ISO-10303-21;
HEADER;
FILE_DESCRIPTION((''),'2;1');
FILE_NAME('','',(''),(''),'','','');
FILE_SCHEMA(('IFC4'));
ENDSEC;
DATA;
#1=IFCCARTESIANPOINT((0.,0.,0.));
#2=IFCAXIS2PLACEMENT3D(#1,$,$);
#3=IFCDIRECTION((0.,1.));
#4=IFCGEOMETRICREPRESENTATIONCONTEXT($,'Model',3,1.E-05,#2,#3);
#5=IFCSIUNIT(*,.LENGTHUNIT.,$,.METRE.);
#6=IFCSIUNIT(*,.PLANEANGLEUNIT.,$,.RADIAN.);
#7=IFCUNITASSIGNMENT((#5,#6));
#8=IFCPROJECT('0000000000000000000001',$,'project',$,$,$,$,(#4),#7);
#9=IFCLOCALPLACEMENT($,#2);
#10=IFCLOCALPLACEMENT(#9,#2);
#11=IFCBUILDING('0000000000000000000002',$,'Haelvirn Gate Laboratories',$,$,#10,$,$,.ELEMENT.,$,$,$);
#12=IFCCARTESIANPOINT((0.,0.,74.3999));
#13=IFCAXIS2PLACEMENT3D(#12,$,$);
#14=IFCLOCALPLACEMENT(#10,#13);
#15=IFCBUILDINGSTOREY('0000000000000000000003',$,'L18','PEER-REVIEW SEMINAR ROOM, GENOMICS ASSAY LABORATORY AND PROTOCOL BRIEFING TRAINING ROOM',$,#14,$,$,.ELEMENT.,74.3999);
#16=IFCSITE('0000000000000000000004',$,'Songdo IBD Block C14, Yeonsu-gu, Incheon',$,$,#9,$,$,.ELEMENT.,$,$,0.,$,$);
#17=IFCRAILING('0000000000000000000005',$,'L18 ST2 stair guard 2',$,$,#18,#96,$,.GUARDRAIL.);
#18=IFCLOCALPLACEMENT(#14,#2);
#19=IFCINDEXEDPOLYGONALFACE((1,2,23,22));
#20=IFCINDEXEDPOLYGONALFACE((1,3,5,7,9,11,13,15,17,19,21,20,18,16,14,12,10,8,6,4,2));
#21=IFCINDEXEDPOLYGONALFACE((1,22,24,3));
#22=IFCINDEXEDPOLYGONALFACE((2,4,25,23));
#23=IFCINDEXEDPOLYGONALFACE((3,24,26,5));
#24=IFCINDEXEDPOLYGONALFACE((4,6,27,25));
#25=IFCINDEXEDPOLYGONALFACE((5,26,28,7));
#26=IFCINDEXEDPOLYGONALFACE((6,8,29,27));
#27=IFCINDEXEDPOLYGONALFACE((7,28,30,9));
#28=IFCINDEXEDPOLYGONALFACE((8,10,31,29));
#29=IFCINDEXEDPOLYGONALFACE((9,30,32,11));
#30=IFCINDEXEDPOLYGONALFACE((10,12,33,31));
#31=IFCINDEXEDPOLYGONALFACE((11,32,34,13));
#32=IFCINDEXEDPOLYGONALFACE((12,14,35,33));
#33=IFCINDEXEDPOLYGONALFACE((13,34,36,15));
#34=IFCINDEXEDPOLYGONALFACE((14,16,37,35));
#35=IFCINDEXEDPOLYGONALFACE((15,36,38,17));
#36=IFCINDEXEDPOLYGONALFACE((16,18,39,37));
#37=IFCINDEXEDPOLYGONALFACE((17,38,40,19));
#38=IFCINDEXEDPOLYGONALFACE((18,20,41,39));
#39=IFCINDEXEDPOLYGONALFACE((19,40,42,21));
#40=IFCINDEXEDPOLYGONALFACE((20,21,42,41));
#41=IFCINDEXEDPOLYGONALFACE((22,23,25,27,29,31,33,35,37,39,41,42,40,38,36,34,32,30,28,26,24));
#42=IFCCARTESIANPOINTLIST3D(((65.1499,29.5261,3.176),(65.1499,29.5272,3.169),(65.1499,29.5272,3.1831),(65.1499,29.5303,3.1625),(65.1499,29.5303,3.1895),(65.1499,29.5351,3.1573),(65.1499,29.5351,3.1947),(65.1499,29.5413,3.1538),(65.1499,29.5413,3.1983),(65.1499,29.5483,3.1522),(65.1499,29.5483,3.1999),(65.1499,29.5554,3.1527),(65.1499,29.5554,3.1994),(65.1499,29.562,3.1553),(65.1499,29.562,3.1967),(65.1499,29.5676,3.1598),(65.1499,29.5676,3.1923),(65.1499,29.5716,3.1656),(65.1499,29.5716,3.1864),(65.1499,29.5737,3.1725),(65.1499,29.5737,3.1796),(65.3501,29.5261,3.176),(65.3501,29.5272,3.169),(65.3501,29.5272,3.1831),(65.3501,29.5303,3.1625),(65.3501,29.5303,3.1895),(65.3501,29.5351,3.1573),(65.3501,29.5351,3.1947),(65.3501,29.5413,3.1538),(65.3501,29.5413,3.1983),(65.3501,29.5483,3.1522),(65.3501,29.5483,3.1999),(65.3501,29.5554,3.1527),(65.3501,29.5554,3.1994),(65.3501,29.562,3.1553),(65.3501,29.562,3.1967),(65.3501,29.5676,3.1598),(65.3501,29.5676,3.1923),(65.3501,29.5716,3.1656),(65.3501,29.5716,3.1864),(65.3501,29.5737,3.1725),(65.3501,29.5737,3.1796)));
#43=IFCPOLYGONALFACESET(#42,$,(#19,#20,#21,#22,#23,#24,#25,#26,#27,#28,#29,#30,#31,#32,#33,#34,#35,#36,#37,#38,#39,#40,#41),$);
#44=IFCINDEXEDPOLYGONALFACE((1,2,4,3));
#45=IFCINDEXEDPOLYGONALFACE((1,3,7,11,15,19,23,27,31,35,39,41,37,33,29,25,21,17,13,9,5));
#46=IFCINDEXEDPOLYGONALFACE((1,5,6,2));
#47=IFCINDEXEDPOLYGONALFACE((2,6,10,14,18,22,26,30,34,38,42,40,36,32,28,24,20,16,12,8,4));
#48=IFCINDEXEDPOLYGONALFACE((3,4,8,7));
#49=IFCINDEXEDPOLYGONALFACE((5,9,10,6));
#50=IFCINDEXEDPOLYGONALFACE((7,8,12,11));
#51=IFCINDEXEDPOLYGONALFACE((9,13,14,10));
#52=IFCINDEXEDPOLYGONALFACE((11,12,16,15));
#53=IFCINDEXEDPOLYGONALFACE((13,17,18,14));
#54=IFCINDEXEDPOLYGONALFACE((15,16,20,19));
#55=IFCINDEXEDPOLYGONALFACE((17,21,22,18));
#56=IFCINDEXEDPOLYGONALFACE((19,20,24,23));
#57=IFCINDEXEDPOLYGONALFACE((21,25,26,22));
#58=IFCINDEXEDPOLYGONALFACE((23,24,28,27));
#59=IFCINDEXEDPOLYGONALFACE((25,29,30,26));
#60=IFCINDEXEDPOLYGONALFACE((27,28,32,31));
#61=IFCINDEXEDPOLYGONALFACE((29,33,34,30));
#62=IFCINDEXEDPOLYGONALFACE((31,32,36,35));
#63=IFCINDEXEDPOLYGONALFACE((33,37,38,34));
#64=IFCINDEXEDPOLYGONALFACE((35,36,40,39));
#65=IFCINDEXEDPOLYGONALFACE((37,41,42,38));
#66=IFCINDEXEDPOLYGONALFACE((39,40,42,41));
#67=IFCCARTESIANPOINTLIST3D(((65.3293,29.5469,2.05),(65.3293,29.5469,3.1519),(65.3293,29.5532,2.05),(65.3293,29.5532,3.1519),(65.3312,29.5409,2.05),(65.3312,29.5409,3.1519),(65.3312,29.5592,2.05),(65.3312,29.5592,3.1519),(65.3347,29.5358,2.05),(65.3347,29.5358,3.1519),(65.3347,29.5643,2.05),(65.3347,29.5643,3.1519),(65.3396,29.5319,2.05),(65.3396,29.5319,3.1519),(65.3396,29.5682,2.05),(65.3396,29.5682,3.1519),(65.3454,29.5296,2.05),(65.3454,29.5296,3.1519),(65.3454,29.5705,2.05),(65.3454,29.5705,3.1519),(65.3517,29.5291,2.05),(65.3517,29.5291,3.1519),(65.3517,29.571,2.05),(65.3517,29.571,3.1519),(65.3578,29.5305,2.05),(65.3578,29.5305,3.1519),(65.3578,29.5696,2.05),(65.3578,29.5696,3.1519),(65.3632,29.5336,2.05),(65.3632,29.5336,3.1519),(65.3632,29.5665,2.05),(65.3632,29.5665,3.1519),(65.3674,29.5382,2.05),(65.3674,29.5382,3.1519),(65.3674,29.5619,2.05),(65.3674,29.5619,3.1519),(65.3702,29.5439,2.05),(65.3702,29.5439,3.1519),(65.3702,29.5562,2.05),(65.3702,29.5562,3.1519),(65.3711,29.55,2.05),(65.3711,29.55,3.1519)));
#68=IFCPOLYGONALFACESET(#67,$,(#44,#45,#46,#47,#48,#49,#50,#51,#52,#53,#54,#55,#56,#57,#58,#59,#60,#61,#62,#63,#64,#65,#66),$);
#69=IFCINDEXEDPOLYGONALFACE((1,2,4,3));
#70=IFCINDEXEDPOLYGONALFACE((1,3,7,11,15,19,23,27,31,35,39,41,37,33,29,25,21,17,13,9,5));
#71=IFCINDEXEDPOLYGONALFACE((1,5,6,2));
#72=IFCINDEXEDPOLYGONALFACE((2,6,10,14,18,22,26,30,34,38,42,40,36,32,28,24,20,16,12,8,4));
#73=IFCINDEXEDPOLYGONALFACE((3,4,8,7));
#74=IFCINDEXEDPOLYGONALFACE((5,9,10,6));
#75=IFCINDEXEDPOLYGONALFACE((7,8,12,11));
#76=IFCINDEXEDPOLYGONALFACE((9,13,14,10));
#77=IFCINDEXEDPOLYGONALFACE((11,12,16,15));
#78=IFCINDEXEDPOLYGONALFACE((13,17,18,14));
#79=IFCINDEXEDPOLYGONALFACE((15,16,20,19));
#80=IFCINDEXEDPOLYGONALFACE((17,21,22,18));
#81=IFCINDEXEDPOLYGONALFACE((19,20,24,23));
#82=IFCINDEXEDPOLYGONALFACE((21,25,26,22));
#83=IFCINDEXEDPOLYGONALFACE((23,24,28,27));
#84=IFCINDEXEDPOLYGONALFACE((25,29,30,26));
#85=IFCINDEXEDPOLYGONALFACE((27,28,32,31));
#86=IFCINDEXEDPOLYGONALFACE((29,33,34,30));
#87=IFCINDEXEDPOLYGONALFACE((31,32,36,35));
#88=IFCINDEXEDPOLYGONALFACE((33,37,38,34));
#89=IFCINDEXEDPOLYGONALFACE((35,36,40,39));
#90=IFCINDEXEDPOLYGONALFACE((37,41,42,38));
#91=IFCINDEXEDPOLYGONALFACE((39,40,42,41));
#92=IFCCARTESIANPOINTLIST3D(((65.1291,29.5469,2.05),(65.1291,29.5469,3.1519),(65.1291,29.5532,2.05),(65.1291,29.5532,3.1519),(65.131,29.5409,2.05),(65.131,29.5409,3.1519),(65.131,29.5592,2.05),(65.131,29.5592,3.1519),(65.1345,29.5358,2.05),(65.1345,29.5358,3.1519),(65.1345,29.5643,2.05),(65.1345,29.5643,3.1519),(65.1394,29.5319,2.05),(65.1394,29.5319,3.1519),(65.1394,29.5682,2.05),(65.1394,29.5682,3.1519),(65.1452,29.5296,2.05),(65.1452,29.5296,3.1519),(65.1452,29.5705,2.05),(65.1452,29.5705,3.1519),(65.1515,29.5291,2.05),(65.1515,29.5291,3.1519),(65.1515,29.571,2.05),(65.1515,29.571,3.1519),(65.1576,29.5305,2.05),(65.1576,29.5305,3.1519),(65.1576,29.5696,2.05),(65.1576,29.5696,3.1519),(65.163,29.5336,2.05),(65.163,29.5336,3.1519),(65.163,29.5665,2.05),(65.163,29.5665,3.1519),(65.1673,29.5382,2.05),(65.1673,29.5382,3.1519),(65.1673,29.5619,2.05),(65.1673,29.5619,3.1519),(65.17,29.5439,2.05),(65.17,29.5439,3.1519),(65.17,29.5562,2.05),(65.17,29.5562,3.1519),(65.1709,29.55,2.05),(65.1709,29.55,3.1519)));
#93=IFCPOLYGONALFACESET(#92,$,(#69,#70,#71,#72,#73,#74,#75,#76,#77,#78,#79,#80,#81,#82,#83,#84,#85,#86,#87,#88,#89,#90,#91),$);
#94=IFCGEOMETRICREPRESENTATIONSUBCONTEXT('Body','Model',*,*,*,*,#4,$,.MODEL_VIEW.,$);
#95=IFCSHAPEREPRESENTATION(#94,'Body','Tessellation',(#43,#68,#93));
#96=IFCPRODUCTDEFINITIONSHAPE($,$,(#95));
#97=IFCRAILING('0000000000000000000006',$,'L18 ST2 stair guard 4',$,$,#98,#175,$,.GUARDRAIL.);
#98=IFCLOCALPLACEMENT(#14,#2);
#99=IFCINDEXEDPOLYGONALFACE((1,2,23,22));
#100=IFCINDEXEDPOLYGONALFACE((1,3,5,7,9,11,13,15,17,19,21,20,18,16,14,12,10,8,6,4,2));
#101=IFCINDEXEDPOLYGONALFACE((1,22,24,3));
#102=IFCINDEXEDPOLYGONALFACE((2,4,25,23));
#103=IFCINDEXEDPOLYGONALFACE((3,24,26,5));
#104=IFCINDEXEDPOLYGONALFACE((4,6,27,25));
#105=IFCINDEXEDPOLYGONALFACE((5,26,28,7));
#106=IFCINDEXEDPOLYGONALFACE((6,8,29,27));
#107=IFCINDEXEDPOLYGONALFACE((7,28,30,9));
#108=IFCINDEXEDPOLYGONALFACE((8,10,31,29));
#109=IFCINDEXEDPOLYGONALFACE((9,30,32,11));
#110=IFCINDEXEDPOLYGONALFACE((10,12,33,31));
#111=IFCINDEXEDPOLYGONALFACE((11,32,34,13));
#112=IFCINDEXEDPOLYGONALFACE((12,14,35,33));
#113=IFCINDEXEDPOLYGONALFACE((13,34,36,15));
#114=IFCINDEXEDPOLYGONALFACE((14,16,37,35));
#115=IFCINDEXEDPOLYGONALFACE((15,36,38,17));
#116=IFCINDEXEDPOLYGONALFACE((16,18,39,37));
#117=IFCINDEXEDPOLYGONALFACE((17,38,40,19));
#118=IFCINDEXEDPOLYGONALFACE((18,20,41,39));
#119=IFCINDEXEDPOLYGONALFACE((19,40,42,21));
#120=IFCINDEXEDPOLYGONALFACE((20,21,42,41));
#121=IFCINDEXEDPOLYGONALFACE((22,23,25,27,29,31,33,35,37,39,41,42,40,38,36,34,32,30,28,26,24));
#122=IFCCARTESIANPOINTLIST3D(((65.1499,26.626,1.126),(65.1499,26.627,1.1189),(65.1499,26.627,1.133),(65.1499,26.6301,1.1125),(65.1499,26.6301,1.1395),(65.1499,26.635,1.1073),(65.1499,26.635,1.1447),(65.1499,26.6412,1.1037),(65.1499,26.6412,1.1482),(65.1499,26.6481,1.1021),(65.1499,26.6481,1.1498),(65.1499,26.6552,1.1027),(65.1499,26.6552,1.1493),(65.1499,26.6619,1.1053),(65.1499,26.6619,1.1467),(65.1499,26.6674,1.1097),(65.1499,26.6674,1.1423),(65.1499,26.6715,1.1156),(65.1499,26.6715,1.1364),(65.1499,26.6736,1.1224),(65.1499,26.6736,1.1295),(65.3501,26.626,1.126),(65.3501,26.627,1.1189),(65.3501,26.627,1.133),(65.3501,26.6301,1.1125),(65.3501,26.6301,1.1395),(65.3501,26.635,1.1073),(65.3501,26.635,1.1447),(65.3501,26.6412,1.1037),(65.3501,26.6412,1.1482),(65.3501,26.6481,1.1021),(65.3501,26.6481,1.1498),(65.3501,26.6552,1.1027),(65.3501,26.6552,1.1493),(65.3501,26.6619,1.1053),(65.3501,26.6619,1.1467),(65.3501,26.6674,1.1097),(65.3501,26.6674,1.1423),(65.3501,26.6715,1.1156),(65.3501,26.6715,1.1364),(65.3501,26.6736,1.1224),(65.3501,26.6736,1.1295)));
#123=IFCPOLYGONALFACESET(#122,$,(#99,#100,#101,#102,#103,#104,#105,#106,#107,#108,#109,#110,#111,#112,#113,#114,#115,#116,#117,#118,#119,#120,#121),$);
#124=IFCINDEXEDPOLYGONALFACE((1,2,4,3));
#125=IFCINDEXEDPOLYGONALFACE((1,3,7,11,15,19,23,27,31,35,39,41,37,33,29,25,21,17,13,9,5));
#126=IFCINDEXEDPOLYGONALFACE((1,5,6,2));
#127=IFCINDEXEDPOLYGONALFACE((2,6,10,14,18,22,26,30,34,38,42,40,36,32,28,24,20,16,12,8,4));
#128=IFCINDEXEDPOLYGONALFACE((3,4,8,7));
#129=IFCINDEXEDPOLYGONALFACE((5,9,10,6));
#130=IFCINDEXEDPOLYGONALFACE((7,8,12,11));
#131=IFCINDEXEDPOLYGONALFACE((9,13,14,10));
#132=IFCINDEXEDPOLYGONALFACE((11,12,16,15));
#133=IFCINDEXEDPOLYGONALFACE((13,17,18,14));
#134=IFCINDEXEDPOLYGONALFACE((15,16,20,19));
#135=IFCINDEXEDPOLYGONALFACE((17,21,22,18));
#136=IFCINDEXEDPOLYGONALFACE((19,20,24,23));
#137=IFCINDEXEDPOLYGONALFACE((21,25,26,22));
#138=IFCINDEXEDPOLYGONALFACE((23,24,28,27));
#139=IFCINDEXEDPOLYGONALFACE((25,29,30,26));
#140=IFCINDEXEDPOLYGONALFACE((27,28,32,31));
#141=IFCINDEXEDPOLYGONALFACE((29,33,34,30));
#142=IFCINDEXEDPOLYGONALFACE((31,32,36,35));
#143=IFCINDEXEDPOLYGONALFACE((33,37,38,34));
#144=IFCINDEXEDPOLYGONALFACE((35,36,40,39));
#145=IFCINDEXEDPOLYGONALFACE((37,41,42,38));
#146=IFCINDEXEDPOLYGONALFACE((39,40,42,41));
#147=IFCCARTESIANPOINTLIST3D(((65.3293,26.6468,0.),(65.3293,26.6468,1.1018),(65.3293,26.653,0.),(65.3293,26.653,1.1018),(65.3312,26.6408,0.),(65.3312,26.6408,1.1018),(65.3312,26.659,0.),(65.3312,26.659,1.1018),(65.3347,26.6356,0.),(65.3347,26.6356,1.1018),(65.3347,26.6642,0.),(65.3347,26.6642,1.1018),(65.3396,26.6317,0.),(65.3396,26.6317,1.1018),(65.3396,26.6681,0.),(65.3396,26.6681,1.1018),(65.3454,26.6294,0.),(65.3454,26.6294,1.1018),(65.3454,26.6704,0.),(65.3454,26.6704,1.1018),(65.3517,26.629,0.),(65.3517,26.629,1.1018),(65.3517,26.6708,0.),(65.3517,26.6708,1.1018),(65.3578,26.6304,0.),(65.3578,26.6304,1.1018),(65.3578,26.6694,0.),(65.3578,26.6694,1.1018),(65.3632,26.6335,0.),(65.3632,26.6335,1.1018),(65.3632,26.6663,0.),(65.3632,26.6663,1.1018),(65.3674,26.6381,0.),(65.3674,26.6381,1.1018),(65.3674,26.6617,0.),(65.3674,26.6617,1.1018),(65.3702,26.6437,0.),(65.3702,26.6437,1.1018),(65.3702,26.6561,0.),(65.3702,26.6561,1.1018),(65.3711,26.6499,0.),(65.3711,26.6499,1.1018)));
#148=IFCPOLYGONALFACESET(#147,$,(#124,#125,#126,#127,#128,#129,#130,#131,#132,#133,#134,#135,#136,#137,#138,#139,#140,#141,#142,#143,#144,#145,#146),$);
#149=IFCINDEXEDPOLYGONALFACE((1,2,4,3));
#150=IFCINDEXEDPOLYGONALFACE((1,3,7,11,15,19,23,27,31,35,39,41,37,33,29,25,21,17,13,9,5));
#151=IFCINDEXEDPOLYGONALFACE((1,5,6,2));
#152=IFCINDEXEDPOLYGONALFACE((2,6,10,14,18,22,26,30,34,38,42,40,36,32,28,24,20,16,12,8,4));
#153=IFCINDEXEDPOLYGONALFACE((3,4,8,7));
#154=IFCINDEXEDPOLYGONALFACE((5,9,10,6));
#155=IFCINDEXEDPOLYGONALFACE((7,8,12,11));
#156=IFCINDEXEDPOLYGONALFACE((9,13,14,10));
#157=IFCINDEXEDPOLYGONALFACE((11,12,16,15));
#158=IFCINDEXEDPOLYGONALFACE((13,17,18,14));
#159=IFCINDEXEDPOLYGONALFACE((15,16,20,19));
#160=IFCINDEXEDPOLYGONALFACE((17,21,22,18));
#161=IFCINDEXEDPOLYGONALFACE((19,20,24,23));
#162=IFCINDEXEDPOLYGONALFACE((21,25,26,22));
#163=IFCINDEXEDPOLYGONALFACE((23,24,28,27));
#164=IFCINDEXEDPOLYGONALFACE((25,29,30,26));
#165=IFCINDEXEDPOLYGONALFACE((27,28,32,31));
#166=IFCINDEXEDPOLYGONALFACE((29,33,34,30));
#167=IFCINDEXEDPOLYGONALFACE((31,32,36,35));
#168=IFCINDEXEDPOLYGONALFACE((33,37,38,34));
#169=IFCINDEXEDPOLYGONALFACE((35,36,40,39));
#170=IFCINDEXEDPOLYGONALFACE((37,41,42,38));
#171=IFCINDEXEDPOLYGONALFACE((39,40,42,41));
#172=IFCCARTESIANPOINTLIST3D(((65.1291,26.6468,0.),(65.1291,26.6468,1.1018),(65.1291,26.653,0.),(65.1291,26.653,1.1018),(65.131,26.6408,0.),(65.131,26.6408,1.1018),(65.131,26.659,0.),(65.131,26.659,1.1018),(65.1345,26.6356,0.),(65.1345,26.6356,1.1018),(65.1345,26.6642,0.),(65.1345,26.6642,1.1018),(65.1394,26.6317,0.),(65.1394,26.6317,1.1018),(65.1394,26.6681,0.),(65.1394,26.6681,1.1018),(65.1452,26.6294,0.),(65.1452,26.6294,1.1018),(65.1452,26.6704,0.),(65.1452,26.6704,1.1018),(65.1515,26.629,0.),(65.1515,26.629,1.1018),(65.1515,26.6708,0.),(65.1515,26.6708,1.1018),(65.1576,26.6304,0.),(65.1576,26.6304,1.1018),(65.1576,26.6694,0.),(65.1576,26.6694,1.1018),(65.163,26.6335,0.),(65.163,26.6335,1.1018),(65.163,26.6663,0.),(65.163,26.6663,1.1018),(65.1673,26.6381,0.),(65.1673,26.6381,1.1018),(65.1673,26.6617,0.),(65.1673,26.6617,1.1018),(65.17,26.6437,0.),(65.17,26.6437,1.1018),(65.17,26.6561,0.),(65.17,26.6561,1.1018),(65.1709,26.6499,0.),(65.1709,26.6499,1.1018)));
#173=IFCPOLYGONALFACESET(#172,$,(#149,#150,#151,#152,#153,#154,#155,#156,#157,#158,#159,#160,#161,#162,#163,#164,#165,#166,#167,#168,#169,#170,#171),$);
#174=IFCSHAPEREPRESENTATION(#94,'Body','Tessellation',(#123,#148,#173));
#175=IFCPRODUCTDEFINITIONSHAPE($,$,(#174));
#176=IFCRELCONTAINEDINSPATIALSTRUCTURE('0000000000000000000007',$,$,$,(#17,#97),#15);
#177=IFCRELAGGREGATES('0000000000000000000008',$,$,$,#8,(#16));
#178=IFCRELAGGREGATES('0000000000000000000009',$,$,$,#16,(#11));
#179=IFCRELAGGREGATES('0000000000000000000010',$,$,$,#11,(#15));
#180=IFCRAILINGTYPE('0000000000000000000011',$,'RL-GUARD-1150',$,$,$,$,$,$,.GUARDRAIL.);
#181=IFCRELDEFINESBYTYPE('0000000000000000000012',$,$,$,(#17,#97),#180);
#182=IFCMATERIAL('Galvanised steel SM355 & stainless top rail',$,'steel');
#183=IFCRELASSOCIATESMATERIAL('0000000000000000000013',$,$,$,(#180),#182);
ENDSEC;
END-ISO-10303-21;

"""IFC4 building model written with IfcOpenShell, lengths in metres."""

from ifc_helpers import new_model, si_unit, direction, frame, origin, origin_2d, place, context, subcontext, project, spatial, circle, extrude, source, transform, mapped, material, type_object, element, save


model = new_model("IFC4")

# Units and contexts
model_context = context("Model", 3, precision=1e-05, world=origin(), true_north=direction((0.0, 1.0)))
body_context = subcontext(model_context, "Body", "Model", "MODEL_VIEW")
ifc_project = project(units=[si_unit("LENGTHUNIT", "METRE"), si_unit("PLANEANGLEUNIT", "RADIAN")], contexts=[model_context])

# Site, building, storey
site_placement = place(None, origin())
site = spatial("IfcSite", under=ifc_project, at=site_placement, Name="Songdo IBD Block C14, Yeonsu-gu, Incheon", CompositionType="ELEMENT", RefElevation=0.0)
building_placement = place(site_placement, origin())
building = spatial("IfcBuilding", under=site, at=building_placement, Name="Haelvirn Gate Laboratories", CompositionType="ELEMENT")
storey_placement = place(building_placement, frame((0.0, 0.0, 74.3999)))
storey = spatial("IfcBuildingStorey", under=building, at=storey_placement, Name="L18", Description="PEER-REVIEW SEMINAR ROOM, GENOMICS ASSAY LABORATORY AND PROTOCOL BRIEFING TRAINING ROOM", CompositionType="ELEMENT", Elevation=74.3999)

# Railings
ifc_material_1 = material(Name="Galvanised steel SM355 & stainless top rail", Category="steel")
railing_type_1 = type_object("IfcRailingType", Name="RL-GUARD-1150", PredefinedType="GUARDRAIL", material=ifc_material_1)
shared_shape_1 = source(origin(), body_context, "Body", "SweptSolid", [
    extrude(circle(Radius=0.0239, at=origin_2d()), frame((0.0, 0.0, 1.126), z_axis=(-1.0, 0.0, 0.0), x_axis=(0.0, -1.0, 0.0)), (0.0, 0.0, 1.0), 0.2002),
    extrude(circle(Radius=0.021, at=origin_2d()), origin(), (0.0, 0.0, 1.0), 1.1018),
    extrude(circle(Radius=0.021, at=origin_2d()), frame((-0.2002, 0.0, 0.0)), (0.0, 0.0, 1.0), 1.1018),
])
for number, where, name in (
    (1, (65.3501, 29.55, 2.05), "L18 ST2 stair guard 2"),
    (2, (65.3501, 26.6499, 0.0), "L18 ST2 stair guard 4"),
):
    element("IfcRailing", number, at=place(storey_placement, frame(where)), inside=storey, type_object=railing_type_1, Name=name, PredefinedType="GUARDRAIL", context=body_context, shape_type="MappedRepresentation", body=[
        mapped(shared_shape_1, transform((0.0, 0.0, 0.0), scale=1.0)),
    ])

save(model, "model.ifc")
